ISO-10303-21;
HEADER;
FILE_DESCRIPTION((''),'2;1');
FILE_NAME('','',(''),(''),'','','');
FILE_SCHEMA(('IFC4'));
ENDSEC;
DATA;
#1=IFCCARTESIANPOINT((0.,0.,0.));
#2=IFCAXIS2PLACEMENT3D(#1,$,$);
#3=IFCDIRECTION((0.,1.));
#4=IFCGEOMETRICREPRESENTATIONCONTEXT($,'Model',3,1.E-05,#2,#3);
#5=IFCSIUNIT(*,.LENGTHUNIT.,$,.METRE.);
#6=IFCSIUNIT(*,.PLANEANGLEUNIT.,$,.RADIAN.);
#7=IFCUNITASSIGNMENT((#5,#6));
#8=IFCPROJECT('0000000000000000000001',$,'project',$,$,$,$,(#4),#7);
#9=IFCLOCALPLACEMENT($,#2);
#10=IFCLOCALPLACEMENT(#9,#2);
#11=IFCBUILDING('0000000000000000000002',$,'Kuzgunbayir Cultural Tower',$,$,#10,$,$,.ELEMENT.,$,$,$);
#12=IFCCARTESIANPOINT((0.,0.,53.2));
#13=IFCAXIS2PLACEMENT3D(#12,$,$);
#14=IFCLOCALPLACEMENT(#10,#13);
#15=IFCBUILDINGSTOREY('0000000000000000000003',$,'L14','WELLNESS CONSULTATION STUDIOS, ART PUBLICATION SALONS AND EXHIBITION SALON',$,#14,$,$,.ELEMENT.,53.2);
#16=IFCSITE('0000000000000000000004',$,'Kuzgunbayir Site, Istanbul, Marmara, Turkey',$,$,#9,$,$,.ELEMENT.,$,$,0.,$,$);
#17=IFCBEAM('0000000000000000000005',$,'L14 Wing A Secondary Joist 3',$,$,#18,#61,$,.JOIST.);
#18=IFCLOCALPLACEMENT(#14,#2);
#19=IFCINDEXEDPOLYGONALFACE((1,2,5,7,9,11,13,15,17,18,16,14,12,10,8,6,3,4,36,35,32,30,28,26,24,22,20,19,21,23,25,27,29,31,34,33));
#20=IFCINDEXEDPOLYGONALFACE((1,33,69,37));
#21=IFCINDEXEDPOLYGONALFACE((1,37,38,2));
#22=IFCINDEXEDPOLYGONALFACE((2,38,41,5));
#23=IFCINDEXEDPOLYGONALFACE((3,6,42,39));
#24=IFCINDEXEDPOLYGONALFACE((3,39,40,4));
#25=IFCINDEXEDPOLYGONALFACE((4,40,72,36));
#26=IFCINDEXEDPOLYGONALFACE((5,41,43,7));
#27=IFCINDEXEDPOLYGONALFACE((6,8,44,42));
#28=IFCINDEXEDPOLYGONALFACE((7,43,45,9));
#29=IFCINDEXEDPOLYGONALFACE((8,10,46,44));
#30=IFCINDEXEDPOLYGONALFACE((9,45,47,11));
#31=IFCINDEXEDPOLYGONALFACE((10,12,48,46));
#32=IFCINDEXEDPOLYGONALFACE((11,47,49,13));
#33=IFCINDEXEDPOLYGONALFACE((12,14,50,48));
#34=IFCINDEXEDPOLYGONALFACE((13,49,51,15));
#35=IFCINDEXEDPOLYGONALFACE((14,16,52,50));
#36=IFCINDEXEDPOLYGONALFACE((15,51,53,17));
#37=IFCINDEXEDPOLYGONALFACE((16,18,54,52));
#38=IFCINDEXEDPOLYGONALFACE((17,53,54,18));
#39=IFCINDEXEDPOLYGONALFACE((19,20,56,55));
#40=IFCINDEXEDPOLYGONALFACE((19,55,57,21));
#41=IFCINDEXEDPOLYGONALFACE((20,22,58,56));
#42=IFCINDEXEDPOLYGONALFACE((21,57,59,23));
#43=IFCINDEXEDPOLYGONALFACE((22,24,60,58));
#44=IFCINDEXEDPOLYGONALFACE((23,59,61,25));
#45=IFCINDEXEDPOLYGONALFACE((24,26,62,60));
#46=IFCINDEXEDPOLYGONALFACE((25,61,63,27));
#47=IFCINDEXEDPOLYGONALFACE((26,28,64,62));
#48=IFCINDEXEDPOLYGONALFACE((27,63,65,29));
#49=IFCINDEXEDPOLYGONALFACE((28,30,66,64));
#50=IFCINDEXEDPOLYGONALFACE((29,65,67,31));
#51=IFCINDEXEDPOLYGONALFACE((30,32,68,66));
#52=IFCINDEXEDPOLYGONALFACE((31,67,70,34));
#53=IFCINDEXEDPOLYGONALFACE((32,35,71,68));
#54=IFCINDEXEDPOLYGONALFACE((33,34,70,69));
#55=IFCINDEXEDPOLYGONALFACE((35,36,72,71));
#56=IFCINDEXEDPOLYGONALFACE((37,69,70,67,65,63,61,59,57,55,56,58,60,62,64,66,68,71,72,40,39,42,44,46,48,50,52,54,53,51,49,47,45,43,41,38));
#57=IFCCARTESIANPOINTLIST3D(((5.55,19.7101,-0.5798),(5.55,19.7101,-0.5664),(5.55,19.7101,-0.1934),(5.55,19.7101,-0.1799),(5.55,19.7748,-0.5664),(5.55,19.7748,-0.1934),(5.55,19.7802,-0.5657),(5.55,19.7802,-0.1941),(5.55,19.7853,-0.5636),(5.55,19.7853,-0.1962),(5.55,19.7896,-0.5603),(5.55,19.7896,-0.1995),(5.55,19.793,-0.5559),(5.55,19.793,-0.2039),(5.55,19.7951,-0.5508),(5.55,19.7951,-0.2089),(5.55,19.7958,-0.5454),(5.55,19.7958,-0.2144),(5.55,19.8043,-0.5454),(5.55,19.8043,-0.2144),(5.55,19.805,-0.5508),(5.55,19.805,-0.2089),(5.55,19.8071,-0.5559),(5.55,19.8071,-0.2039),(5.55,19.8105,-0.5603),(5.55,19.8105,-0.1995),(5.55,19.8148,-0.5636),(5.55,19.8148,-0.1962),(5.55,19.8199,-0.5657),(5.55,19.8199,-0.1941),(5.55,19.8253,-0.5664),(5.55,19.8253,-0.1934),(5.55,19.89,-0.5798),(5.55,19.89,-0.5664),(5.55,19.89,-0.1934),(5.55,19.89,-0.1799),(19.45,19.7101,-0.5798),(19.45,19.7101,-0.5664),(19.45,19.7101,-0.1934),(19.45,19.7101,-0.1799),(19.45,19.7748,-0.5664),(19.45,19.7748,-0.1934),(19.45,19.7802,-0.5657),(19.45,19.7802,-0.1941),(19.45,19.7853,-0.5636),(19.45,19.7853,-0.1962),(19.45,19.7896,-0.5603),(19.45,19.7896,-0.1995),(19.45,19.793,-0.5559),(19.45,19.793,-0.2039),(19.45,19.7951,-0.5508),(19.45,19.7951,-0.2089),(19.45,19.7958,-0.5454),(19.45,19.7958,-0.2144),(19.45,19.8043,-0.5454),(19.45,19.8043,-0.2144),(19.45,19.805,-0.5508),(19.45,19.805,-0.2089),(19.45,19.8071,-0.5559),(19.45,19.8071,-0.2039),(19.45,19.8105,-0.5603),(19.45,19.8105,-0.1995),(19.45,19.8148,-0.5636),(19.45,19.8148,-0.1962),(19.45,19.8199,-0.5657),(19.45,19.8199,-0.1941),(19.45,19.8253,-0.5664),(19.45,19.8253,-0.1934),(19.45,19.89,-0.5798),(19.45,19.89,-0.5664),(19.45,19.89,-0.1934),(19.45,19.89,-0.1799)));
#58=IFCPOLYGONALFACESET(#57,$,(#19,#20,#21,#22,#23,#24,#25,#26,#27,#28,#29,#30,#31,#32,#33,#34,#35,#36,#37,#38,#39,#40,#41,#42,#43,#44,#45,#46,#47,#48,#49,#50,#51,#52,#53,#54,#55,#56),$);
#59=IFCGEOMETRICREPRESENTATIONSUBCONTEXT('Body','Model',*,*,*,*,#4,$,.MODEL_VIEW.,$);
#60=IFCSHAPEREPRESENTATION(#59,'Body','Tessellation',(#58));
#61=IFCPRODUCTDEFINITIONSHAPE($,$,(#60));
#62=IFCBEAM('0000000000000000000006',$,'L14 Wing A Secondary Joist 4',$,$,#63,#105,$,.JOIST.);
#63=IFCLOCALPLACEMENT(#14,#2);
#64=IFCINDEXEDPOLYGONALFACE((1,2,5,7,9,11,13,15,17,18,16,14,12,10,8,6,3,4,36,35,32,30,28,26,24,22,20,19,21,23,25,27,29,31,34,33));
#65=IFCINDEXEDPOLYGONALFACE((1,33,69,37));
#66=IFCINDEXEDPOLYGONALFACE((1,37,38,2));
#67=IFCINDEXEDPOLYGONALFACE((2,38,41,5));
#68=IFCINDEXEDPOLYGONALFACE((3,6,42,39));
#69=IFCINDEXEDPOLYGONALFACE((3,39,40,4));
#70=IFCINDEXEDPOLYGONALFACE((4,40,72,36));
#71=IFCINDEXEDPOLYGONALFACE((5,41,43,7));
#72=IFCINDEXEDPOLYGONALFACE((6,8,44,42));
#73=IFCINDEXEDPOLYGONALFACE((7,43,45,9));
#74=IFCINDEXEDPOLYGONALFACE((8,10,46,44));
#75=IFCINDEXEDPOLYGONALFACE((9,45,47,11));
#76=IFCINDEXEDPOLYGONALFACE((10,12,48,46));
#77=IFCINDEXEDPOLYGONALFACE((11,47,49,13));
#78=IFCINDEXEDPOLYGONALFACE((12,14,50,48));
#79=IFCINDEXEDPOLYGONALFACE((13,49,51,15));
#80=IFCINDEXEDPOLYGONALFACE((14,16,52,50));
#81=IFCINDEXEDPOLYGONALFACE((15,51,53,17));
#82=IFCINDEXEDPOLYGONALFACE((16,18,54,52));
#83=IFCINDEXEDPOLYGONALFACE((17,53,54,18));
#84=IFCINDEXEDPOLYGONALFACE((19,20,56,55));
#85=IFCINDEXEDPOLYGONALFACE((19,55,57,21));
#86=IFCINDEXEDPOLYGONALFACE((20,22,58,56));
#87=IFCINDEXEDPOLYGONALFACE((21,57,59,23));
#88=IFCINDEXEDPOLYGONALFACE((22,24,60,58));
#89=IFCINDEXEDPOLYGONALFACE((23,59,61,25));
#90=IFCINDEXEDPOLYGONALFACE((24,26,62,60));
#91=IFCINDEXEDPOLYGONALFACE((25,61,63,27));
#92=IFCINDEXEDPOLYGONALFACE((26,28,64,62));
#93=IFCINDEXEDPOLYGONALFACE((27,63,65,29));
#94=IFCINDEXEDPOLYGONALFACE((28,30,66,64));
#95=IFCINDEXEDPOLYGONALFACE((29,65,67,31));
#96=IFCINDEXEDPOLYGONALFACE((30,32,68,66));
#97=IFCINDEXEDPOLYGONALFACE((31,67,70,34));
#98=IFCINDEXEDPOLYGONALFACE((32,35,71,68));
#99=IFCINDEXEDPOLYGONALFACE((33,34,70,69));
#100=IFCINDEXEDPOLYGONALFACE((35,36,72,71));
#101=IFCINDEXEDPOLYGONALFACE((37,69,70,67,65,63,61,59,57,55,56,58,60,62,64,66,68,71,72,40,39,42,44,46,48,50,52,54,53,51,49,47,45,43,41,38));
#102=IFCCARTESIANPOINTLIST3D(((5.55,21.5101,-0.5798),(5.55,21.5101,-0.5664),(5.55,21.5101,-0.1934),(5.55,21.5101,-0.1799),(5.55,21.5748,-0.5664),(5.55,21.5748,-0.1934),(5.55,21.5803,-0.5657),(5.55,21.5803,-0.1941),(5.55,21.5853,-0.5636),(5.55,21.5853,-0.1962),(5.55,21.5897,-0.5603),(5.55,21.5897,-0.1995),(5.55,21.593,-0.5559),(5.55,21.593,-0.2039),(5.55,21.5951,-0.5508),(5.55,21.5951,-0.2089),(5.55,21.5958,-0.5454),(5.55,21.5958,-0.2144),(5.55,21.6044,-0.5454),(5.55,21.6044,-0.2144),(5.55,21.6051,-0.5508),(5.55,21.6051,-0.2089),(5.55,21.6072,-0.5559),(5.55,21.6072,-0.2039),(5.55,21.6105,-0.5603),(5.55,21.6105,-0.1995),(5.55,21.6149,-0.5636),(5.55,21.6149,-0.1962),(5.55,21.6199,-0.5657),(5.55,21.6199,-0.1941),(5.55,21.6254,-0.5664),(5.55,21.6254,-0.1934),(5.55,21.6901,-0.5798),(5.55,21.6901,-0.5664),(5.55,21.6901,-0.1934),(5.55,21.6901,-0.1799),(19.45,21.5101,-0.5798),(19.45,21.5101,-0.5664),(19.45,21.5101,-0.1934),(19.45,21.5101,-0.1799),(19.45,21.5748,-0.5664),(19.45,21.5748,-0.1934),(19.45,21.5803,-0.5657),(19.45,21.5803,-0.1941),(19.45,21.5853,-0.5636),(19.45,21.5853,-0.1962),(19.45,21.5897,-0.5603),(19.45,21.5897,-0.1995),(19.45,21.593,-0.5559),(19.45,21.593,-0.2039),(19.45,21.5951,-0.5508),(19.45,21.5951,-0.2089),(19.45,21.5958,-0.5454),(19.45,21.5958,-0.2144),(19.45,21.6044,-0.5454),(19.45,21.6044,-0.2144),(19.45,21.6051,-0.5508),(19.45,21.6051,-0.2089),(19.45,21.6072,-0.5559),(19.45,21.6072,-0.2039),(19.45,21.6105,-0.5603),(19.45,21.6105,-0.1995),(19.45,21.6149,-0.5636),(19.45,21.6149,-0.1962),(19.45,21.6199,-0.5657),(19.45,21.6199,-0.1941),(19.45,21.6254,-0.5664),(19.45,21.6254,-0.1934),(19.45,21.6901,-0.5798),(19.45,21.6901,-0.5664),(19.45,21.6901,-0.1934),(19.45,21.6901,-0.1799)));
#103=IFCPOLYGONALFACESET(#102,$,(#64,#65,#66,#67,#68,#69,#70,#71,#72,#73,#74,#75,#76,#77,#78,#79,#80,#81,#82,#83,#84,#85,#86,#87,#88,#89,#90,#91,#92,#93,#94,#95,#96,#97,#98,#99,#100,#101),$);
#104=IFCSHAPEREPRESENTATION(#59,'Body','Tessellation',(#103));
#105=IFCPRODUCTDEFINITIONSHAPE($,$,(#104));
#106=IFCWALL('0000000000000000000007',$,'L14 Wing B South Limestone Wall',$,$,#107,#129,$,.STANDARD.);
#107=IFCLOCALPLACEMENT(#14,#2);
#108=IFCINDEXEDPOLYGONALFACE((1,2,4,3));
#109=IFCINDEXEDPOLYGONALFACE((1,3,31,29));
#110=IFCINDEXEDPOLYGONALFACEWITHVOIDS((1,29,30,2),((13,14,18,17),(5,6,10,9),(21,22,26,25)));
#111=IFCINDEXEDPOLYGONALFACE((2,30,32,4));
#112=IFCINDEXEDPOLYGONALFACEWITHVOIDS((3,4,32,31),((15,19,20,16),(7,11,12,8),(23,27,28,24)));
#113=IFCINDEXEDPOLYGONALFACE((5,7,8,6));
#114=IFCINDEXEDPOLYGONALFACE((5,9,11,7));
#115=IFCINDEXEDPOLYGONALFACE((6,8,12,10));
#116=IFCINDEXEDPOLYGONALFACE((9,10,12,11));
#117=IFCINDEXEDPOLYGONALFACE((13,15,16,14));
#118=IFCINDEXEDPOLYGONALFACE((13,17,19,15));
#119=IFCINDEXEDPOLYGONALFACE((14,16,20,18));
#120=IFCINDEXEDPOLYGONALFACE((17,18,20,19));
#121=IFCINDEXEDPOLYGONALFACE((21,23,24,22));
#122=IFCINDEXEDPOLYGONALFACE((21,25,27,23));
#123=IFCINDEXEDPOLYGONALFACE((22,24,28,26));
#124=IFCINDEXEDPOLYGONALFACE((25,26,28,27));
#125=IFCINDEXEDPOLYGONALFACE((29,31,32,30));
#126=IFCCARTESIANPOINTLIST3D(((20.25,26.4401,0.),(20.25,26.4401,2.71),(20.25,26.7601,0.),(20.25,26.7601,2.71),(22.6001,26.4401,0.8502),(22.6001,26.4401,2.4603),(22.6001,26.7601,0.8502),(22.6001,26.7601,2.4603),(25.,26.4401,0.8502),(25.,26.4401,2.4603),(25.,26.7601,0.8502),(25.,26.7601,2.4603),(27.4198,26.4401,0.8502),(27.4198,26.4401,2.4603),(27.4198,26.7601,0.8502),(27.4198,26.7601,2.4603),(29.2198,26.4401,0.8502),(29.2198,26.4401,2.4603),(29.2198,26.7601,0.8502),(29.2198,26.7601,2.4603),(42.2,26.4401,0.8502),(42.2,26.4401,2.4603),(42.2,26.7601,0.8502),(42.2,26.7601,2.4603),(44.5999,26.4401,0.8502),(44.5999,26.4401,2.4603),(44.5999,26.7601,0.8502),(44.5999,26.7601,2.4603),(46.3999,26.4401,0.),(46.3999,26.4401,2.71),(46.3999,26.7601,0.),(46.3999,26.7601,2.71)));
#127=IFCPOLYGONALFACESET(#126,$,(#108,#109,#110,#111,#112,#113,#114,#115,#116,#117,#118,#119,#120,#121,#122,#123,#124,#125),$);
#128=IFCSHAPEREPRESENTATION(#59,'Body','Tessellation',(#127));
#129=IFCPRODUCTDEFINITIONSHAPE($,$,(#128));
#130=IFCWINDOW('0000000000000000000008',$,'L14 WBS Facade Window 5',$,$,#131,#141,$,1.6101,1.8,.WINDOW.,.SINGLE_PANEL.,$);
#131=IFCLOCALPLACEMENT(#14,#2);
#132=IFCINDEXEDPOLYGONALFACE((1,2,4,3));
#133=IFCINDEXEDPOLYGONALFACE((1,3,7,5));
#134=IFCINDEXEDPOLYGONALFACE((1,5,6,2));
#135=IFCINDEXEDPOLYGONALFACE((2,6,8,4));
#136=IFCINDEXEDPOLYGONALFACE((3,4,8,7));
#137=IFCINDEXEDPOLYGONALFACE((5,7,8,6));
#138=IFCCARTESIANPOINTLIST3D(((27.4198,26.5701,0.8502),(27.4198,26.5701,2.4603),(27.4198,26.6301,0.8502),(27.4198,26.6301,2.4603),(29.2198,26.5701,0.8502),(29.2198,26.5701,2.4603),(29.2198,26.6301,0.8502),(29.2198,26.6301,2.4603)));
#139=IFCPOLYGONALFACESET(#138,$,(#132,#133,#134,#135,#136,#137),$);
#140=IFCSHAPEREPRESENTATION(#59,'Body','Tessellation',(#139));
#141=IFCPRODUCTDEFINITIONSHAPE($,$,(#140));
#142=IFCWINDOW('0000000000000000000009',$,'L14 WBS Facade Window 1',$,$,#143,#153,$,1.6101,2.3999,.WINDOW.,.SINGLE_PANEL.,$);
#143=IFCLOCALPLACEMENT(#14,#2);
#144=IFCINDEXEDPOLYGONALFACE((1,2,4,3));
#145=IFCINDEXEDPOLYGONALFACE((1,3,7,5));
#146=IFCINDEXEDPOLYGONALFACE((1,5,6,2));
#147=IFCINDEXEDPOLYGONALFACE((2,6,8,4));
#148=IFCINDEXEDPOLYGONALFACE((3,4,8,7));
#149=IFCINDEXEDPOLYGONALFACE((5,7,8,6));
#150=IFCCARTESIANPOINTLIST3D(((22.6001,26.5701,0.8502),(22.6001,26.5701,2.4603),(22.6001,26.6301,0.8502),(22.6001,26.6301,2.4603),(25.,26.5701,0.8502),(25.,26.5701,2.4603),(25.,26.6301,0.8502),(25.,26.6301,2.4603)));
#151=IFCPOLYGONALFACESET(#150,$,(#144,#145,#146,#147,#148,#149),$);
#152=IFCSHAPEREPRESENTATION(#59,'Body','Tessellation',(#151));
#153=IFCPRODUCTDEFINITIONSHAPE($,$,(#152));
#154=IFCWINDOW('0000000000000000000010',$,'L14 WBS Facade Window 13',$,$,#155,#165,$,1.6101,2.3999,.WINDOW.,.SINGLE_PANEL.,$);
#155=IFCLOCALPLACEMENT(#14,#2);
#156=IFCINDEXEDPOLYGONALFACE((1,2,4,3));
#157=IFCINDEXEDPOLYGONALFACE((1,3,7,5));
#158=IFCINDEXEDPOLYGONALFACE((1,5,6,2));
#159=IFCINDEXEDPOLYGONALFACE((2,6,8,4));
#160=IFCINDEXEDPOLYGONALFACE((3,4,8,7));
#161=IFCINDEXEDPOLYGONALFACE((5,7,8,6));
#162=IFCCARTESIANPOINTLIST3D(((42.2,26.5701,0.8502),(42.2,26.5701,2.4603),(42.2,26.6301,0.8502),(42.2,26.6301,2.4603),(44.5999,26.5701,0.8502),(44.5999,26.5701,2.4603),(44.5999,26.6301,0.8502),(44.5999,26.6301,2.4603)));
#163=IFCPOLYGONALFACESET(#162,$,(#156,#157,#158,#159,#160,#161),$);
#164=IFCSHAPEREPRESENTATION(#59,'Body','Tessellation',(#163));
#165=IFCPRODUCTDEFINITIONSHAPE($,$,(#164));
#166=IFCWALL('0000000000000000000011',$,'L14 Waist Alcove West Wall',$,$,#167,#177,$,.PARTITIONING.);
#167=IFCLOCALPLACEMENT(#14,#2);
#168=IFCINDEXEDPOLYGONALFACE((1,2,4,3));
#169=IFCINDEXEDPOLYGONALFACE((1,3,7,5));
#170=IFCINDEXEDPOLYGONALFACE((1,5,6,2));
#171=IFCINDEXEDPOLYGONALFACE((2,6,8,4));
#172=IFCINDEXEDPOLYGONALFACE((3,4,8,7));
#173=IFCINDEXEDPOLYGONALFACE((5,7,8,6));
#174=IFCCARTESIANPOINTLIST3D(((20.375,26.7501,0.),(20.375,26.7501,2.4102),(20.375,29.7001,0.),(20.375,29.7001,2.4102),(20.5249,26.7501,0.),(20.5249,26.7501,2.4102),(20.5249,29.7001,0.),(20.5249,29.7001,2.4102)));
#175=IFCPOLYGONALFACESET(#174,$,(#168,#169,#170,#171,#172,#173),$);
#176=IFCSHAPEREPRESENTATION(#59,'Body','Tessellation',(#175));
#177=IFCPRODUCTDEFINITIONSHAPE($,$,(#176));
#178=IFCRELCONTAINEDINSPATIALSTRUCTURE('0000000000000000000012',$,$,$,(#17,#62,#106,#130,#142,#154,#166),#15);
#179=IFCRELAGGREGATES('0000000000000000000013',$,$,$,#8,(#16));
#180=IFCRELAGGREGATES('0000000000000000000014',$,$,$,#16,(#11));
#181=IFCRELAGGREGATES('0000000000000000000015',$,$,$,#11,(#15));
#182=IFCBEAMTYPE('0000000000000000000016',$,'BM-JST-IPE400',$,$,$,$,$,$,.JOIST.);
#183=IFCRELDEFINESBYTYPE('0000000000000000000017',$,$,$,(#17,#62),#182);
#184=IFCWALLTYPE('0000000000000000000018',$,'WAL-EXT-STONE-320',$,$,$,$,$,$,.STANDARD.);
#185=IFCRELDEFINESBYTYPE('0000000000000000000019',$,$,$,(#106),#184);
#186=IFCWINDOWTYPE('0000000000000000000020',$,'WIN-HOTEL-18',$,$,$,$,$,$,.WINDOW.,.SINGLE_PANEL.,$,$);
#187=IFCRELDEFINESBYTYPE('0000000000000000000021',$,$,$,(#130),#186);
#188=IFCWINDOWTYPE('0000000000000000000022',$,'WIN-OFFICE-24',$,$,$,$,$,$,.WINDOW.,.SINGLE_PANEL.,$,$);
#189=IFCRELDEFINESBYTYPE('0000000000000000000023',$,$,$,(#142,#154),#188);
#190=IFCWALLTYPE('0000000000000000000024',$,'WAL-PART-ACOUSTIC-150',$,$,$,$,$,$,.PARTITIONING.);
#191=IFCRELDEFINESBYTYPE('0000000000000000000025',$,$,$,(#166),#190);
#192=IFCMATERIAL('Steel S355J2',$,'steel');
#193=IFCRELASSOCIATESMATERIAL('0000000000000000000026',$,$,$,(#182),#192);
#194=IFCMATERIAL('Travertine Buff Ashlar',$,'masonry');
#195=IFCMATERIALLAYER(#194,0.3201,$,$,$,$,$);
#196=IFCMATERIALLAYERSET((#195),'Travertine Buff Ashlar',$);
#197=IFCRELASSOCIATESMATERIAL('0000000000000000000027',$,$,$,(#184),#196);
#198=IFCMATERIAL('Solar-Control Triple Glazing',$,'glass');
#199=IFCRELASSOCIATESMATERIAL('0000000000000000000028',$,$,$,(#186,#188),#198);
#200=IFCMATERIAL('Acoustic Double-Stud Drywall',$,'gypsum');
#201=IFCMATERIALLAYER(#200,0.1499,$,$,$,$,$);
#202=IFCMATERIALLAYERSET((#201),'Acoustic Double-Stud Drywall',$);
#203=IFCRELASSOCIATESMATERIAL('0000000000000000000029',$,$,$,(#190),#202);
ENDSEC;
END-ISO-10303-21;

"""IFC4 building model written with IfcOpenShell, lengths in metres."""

from ifc_helpers import new_model, si_unit, direction, frame, frame_2d, origin, origin_2d, place, context, subcontext, project, spatial, rectangle, i_section, extrude, material, layer, layer_set, material_profile, profile_set, type_object, element, fill, save


model = new_model("IFC4")

# Units and contexts
model_context = context("Model", 3, precision=1e-05, world=origin(), true_north=direction((0.0, 1.0)))
body_context = subcontext(model_context, "Body", "Model", "MODEL_VIEW")
ifc_project = project(units=[si_unit("LENGTHUNIT", "METRE"), si_unit("PLANEANGLEUNIT", "RADIAN")], contexts=[model_context])

# Site, building, storey
site_placement = place(None, origin())
site = spatial("IfcSite", under=ifc_project, at=site_placement, Name="Kuzgunbayir Site, Istanbul, Marmara, Turkey", CompositionType="ELEMENT", RefElevation=0.0)
building_placement = place(site_placement, origin())
building = spatial("IfcBuilding", under=site, at=building_placement, Name="Kuzgunbayir Cultural Tower", CompositionType="ELEMENT")
storey_placement = place(building_placement, frame((0.0, 0.0, 53.2)))
storey = spatial("IfcBuildingStorey", under=building, at=storey_placement, Name="L14", Description="WELLNESS CONSULTATION STUDIOS, ART PUBLICATION SALONS AND EXHIBITION SALON", CompositionType="ELEMENT", Elevation=53.2)

# Beams
ifc_material_1 = material(Name="Steel S355J2", Category="steel")
ifc_material_profile_1 = material_profile(ifc_material_1, i_section(OverallWidth=0.1799, OverallDepth=0.3999, WebThickness=0.0085, FlangeThickness=0.0134, FilletRadius=0.021, at=origin_2d()), Name="IPE 400")
ifc_profile_set_1 = profile_set([ifc_material_profile_1], Name="Steel S355J2")
beam_type_1 = type_object("IfcBeamType", Name="BM-JST-IPE400", PredefinedType="JOIST", material=ifc_profile_set_1)
for number, where, z_axis, x_axis, name in (
    (1, (5.55, 19.8, -0.3799), (1.0, 0.0, 0.0), (0.0, 1.0, 0.0), "L14 Wing A Secondary Joist 3"),
    (2, (5.55, 21.6001, -0.3799), (1.0, 0.0, 0.0), (0.0, 1.0, 0.0), "L14 Wing A Secondary Joist 4"),
):
    element("IfcBeam", number, at=place(storey_placement, frame(where, z_axis=z_axis, x_axis=x_axis)), inside=storey, type_object=beam_type_1, Name=name, PredefinedType="JOIST", context=body_context, shape_type="SweptSolid", body=[
        extrude(i_section(OverallWidth=0.1799, OverallDepth=0.3999, WebThickness=0.0085, FlangeThickness=0.0134, FilletRadius=0.021, at=origin_2d()), origin(), (0.0, 0.0, 1.0), 13.8999),
    ])

# Wall, openings, windows
ifc_material_2 = material(Name="Travertine Buff Ashlar", Category="masonry")
ifc_layer_1 = layer(ifc_material_2, 0.3201)
ifc_layer_set_1 = layer_set([ifc_layer_1], Name="Travertine Buff Ashlar")
wall_type_1 = type_object("IfcWallType", Name="WAL-EXT-STONE-320", PredefinedType="STANDARD", material=ifc_layer_set_1)
wall_1_placement = place(storey_placement, frame((20.25, 26.6001, 0.0), z_axis=(0.0, 0.0, 1.0), x_axis=(1.0, 0.0, 0.0)))
wall_1 = element("IfcWall", 3, at=wall_1_placement, inside=storey, type_object=wall_type_1, Name="L14 Wing B South Limestone Wall", PredefinedType="STANDARD", context=body_context, shape_type="SweptSolid", body=[
    extrude(rectangle(XDim=26.1499, YDim=0.3201, at=frame_2d((13.075, 0.0))), origin(), (0.0, 0.0, 1.0), 2.71),
])
opening_1_placement = place(wall_1_placement, frame((2.3501, 0.0, 0.8501)))
opening_1 = element("IfcOpeningElement", 4, at=opening_1_placement, cuts=wall_1, PredefinedType="OPENING", context=body_context, shape_type="SweptSolid", body=[
    extrude(rectangle(XDim=2.3999, YDim=1.6101, at=frame_2d((1.2, 0.8052))), frame((0.0, 0.1699, 0.0), z_axis=(0.0, -1.0, 0.0), x_axis=(1.0, 0.0, 0.0)), (0.0, 0.0, 1.0), 0.3401),
])
opening_2_placement = place(wall_1_placement, frame((7.1699, 0.0, 0.8501)))
opening_2 = element("IfcOpeningElement", 5, at=opening_2_placement, cuts=wall_1, PredefinedType="OPENING", context=body_context, shape_type="SweptSolid", body=[
    extrude(rectangle(XDim=1.8, YDim=1.6101, at=frame_2d((0.8999, 0.8052))), frame((0.0, 0.1699, 0.0), z_axis=(0.0, -1.0, 0.0), x_axis=(1.0, 0.0, 0.0)), (0.0, 0.0, 1.0), 0.3401),
])
opening_3_placement = place(wall_1_placement, frame((21.95, 0.0, 0.8501)))
opening_3 = element("IfcOpeningElement", 6, at=opening_3_placement, cuts=wall_1, PredefinedType="OPENING", context=body_context, shape_type="SweptSolid", body=[
    extrude(rectangle(XDim=2.3999, YDim=1.6101, at=frame_2d((1.2, 0.8052))), frame((0.0, 0.1699, 0.0), z_axis=(0.0, -1.0, 0.0), x_axis=(1.0, 0.0, 0.0)), (0.0, 0.0, 1.0), 0.3401),
])
ifc_material_3 = material(Name="Solar-Control Triple Glazing", Category="glass")
window_type_1 = type_object("IfcWindowType", Name="WIN-HOTEL-18", PartitioningType="SINGLE_PANEL", PredefinedType="WINDOW", material=ifc_material_3)
window_1_placement = place(opening_2_placement, origin())
window_1 = element("IfcWindow", 7, at=window_1_placement, inside=storey, type_object=window_type_1, Name="L14 WBS Facade Window 5", OverallHeight=1.6101, OverallWidth=1.8, PartitioningType="SINGLE_PANEL", PredefinedType="WINDOW", context=body_context, shape_type="SweptSolid", body=[
    extrude(rectangle(XDim=1.8, YDim=1.6101, at=frame_2d((0.8999, 0.8052))), frame((0.0, 0.03, 0.0), z_axis=(0.0, -1.0, 0.0), x_axis=(1.0, 0.0, 0.0)), (0.0, 0.0, 1.0), 0.0601),
])
fill(opening_2, window_1)
window_type_2 = type_object("IfcWindowType", Name="WIN-OFFICE-24", PartitioningType="SINGLE_PANEL", PredefinedType="WINDOW", material=ifc_material_3)
window_2_placement = place(opening_1_placement, origin())
window_2 = element("IfcWindow", 8, at=window_2_placement, inside=storey, type_object=window_type_2, Name="L14 WBS Facade Window 1", OverallHeight=1.6101, OverallWidth=2.3999, PartitioningType="SINGLE_PANEL", PredefinedType="WINDOW", context=body_context, shape_type="SweptSolid", body=[
    extrude(rectangle(XDim=2.3999, YDim=1.6101, at=frame_2d((1.2, 0.8052))), frame((0.0, 0.03, 0.0), z_axis=(0.0, -1.0, 0.0), x_axis=(1.0, 0.0, 0.0)), (0.0, 0.0, 1.0), 0.0601),
])
fill(opening_1, window_2)
window_3_placement = place(opening_3_placement, origin())
window_3 = element("IfcWindow", 9, at=window_3_placement, inside=storey, type_object=window_type_2, Name="L14 WBS Facade Window 13", OverallHeight=1.6101, OverallWidth=2.3999, PartitioningType="SINGLE_PANEL", PredefinedType="WINDOW", context=body_context, shape_type="SweptSolid", body=[
    extrude(rectangle(XDim=2.3999, YDim=1.6101, at=frame_2d((1.2, 0.8052))), frame((0.0, 0.03, 0.0), z_axis=(0.0, -1.0, 0.0), x_axis=(1.0, 0.0, 0.0)), (0.0, 0.0, 1.0), 0.0601),
])
fill(opening_3, window_3)

# Wall
ifc_material_4 = material(Name="Acoustic Double-Stud Drywall", Category="gypsum")
ifc_layer_2 = layer(ifc_material_4, 0.1499)
ifc_layer_set_2 = layer_set([ifc_layer_2], Name="Acoustic Double-Stud Drywall")
wall_type_2 = type_object("IfcWallType", Name="WAL-PART-ACOUSTIC-150", PredefinedType="PARTITIONING", material=ifc_layer_set_2)
wall_2_placement = place(storey_placement, frame((20.45, 26.75, 0.0), z_axis=(0.0, 0.0, 1.0), x_axis=(0.0, 1.0, 0.0)))
element("IfcWall", 10, at=wall_2_placement, inside=storey, type_object=wall_type_2, Name="L14 Waist Alcove West Wall", PredefinedType="PARTITIONING", context=body_context, shape_type="SweptSolid", body=[
    extrude(rectangle(XDim=2.95, YDim=0.1499, at=frame_2d((1.4751, 0.0))), origin(), (0.0, 0.0, 1.0), 2.4102),
])

save(model, "model.ifc")
